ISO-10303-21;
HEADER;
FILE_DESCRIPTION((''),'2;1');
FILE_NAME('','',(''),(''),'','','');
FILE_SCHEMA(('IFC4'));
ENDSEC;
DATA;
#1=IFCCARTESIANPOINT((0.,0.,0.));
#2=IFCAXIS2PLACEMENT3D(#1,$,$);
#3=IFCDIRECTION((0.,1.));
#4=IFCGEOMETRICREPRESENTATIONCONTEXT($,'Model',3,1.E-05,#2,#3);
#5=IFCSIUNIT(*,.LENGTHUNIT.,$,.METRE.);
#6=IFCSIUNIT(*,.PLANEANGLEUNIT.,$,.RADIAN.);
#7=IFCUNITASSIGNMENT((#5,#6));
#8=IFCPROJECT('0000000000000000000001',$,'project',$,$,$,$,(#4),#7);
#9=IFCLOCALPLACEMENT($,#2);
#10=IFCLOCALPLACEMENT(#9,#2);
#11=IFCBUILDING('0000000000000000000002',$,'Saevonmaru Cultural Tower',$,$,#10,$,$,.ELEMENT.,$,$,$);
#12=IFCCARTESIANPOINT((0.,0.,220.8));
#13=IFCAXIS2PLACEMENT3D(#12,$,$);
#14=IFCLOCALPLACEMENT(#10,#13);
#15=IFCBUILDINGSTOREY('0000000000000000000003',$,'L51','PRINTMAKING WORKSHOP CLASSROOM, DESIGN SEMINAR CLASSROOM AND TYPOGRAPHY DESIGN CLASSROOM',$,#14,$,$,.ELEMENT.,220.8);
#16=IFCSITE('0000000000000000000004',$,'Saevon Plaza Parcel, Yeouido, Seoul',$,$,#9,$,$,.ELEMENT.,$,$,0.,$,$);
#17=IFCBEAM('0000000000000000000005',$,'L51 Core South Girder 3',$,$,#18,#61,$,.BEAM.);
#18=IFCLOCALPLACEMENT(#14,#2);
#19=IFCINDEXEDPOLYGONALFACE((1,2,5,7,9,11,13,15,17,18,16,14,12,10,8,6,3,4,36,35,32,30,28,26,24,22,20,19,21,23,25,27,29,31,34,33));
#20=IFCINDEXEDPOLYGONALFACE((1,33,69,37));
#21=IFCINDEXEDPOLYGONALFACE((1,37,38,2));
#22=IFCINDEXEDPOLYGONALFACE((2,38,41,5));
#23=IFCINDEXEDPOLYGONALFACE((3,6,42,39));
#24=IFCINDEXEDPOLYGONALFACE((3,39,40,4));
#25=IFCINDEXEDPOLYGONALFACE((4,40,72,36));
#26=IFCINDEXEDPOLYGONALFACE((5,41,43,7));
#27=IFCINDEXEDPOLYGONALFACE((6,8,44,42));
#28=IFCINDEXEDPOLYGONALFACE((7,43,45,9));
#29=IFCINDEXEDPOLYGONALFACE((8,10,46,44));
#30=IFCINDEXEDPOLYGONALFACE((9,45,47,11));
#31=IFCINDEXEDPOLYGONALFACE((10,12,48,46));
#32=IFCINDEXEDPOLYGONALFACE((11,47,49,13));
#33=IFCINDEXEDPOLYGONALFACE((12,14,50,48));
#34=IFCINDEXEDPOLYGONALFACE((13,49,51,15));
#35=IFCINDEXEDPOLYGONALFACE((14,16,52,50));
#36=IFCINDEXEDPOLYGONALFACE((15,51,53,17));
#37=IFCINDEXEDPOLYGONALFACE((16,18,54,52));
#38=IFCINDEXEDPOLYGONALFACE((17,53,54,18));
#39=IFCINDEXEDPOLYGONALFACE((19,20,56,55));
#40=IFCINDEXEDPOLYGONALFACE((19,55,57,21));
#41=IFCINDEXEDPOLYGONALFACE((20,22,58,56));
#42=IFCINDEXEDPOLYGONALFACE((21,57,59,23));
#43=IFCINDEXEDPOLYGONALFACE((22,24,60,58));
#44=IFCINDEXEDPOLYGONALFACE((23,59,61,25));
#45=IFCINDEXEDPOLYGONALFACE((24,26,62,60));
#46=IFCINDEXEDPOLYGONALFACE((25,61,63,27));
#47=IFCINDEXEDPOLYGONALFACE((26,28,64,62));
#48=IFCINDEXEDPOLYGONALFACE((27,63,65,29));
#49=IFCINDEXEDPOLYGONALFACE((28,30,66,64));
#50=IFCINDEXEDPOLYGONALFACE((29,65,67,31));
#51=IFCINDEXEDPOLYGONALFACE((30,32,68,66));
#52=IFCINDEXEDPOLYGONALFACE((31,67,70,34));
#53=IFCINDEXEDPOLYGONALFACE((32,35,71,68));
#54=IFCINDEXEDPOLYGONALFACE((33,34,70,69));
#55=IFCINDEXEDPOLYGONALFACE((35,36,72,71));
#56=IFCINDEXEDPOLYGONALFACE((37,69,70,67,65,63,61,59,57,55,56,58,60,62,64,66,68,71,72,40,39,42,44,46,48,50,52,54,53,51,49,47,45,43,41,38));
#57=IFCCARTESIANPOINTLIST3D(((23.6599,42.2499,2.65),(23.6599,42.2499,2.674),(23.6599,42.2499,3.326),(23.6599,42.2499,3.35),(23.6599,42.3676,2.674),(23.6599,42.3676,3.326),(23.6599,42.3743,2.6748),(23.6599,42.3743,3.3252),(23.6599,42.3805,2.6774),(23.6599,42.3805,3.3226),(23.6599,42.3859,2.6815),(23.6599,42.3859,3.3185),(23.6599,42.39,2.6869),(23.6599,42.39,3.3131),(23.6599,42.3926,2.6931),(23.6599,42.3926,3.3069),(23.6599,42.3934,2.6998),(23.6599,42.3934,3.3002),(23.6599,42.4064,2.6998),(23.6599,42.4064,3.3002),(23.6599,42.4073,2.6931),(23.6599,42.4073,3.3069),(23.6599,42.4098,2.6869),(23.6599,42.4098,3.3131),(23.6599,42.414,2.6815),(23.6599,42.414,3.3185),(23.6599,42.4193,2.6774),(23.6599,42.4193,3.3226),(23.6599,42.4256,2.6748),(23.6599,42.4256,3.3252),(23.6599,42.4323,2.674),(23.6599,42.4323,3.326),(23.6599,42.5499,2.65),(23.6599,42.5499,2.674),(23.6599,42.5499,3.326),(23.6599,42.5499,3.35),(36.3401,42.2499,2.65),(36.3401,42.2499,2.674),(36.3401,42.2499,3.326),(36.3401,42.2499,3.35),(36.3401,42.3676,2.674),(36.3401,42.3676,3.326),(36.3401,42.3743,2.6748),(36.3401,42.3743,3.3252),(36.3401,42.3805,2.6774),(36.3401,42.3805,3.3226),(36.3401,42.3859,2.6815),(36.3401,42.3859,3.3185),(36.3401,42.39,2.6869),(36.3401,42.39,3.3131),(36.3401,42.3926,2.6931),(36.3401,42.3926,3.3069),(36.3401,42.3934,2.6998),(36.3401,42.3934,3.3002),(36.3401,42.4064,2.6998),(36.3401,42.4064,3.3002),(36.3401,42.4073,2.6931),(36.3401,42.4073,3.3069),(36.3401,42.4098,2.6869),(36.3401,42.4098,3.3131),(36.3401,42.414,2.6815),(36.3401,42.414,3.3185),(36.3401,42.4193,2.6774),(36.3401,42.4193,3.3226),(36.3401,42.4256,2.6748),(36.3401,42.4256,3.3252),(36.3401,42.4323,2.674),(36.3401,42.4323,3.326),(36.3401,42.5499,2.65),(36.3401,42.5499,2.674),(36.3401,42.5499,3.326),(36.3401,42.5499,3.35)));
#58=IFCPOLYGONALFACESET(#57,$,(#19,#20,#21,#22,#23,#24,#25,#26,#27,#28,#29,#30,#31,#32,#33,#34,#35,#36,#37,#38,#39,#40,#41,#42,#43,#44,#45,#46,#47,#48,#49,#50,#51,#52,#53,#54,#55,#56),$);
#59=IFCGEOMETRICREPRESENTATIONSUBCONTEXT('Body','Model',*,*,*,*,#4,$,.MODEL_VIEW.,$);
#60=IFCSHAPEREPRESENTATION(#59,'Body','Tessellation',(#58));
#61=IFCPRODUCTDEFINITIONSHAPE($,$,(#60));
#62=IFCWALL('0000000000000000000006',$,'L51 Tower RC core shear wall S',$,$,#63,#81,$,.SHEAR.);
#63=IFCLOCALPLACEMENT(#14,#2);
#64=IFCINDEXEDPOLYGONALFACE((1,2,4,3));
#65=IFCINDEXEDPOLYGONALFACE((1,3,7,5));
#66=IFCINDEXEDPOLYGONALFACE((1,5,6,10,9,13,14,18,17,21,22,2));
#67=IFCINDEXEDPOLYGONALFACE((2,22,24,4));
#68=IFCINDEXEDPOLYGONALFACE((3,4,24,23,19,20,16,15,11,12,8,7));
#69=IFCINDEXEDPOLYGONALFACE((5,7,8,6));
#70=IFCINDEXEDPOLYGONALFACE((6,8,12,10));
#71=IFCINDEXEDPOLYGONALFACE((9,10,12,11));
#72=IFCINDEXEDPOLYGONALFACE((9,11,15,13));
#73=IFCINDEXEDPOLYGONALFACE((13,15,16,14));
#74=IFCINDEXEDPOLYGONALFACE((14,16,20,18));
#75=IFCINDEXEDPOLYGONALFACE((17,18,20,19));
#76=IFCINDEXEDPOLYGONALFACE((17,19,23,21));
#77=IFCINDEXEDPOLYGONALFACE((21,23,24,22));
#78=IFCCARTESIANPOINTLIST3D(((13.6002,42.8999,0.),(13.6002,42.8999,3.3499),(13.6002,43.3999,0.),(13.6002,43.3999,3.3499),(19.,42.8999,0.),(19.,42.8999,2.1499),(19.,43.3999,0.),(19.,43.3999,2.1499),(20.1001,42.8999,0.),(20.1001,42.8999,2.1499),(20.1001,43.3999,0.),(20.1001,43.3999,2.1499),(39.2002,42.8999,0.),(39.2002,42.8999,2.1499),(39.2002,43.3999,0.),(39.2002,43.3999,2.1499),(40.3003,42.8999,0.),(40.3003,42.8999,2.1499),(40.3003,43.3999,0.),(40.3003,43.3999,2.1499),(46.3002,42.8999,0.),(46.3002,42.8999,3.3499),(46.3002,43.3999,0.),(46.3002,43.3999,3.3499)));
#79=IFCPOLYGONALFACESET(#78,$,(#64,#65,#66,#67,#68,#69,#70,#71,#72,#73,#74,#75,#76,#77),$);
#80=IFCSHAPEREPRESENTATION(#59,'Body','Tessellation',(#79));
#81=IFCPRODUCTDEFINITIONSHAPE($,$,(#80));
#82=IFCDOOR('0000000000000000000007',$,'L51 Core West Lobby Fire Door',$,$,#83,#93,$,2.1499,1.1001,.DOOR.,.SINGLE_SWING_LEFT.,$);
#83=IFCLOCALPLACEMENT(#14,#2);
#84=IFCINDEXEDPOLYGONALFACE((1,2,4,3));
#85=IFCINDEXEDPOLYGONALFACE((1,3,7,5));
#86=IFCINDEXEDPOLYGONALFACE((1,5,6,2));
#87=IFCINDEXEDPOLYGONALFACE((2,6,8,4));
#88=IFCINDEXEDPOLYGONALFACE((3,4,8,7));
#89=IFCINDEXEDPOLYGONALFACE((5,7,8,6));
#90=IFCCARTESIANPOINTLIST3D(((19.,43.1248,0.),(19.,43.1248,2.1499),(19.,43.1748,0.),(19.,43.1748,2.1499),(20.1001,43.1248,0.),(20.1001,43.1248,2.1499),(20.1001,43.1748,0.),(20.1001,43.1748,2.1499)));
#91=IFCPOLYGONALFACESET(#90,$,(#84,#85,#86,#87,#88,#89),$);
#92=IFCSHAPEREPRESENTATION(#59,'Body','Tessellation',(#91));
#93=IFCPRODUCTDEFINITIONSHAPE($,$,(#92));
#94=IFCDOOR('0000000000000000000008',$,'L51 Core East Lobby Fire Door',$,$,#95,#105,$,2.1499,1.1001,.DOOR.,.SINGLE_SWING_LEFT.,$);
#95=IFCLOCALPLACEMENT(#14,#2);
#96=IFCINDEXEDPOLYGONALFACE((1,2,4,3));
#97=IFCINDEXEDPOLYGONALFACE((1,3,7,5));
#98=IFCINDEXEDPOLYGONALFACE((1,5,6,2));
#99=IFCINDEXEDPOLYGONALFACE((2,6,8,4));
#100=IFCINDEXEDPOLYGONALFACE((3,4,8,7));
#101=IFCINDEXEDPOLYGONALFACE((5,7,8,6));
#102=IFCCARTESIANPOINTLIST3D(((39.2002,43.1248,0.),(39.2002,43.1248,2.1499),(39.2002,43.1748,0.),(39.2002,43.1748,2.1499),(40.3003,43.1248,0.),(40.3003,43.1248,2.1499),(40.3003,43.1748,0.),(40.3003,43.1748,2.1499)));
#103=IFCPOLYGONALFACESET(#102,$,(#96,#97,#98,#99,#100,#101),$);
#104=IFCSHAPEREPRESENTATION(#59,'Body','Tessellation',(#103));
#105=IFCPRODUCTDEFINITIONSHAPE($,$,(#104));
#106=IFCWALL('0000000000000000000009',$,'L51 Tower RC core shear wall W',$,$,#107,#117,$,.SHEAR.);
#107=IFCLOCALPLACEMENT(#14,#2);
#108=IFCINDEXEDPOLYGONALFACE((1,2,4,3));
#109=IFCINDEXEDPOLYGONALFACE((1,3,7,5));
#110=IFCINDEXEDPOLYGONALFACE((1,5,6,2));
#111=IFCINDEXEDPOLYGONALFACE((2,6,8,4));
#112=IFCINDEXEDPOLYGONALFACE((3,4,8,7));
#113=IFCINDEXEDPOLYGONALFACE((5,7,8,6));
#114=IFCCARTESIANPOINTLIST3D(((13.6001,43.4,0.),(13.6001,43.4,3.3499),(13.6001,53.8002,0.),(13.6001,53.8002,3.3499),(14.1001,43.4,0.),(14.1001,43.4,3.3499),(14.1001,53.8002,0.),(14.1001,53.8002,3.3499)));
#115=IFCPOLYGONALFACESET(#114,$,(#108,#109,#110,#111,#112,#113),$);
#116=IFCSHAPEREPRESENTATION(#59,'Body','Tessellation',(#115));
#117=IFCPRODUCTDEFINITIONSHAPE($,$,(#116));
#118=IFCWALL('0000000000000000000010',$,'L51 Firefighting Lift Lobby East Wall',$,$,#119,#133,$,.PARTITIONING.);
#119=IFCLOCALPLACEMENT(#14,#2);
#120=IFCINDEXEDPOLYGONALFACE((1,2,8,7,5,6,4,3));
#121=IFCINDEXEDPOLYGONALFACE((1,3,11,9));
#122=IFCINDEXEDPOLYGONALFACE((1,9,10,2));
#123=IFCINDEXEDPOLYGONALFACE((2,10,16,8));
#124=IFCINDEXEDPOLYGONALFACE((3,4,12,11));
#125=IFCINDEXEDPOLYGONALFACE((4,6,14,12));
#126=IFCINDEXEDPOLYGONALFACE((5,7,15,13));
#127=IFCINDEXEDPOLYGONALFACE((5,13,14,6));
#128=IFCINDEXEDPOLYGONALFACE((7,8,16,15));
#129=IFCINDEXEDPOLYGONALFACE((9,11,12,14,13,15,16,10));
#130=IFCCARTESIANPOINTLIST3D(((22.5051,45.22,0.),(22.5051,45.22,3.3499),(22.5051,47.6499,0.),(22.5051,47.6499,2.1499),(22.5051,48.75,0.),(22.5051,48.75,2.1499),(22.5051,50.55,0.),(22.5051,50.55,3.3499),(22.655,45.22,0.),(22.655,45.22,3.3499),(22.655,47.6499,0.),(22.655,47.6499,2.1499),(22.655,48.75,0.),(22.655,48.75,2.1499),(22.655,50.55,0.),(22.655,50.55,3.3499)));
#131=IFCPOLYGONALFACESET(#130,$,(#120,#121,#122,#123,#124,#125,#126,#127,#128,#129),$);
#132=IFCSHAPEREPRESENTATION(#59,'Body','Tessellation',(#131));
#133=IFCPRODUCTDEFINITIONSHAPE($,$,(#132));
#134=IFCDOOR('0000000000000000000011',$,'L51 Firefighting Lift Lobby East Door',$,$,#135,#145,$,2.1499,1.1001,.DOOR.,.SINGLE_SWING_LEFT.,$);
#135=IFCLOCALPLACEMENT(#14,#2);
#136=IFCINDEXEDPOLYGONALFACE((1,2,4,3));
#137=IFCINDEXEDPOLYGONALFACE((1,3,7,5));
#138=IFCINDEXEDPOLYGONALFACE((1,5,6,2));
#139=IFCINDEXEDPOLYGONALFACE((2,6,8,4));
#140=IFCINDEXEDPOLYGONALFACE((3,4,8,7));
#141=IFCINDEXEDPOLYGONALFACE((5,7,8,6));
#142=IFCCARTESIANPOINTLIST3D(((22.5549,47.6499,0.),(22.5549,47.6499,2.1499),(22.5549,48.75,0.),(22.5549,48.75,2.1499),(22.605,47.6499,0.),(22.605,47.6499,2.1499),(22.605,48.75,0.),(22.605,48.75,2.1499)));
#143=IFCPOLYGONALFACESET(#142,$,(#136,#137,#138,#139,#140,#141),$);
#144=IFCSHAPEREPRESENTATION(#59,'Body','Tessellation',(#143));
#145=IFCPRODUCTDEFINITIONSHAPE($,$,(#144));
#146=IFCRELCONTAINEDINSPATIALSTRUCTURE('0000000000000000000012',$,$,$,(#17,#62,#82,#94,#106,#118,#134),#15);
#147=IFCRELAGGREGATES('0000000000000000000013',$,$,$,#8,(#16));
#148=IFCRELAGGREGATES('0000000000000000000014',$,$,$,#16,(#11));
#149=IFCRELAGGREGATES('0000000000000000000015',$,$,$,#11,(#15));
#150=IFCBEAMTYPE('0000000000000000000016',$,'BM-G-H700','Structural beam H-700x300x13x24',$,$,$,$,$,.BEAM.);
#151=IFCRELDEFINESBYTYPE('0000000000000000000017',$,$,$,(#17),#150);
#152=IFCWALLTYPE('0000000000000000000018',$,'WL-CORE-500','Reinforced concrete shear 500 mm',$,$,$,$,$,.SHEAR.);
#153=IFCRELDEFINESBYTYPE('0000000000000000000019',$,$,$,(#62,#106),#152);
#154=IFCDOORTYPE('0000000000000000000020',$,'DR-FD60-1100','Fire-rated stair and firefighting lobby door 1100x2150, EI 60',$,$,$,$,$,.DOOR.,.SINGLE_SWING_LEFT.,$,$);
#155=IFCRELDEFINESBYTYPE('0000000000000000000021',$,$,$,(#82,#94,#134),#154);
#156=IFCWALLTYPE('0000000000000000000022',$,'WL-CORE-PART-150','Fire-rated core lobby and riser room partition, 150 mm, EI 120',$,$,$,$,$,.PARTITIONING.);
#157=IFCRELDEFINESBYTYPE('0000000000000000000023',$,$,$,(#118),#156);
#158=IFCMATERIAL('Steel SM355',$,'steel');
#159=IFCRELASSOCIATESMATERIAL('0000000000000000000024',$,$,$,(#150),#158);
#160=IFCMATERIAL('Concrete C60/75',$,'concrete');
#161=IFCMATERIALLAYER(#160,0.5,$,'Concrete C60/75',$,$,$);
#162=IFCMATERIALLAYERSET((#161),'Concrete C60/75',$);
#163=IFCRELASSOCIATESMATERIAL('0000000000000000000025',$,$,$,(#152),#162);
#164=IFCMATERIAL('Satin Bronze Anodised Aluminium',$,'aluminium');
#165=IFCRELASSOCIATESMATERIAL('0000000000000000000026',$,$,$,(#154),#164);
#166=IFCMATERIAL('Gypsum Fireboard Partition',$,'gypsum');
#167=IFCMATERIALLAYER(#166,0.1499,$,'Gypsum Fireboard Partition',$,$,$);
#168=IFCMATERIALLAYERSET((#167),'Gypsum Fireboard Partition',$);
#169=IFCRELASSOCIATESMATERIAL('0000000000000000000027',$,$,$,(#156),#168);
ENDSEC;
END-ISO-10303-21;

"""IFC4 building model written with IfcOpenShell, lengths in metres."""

from ifc_helpers import new_model, si_unit, direction, frame, frame_2d, origin, origin_2d, place, context, subcontext, project, spatial, rectangle, i_section, extrude, material, layer, layer_set, material_profile, profile_set, type_object, element, fill, save


model = new_model("IFC4")

# Units and contexts
model_context = context("Model", 3, precision=1e-05, world=origin(), true_north=direction((0.0, 1.0)))
body_context = subcontext(model_context, "Body", "Model", "MODEL_VIEW")
ifc_project = project(units=[si_unit("LENGTHUNIT", "METRE"), si_unit("PLANEANGLEUNIT", "RADIAN")], contexts=[model_context])

# Site, building, storey
site_placement = place(None, origin())
site = spatial("IfcSite", under=ifc_project, at=site_placement, Name="Saevon Plaza Parcel, Yeouido, Seoul", CompositionType="ELEMENT", RefElevation=0.0)
building_placement = place(site_placement, origin())
building = spatial("IfcBuilding", under=site, at=building_placement, Name="Saevonmaru Cultural Tower", CompositionType="ELEMENT")
storey_placement = place(building_placement, frame((0.0, 0.0, 220.8)))
storey = spatial("IfcBuildingStorey", under=building, at=storey_placement, Name="L51", Description="PRINTMAKING WORKSHOP CLASSROOM, DESIGN SEMINAR CLASSROOM AND TYPOGRAPHY DESIGN CLASSROOM", CompositionType="ELEMENT", Elevation=220.8)

# Beam
ifc_material_1 = material(Name="Steel SM355", Category="steel")
ifc_material_profile = material_profile(ifc_material_1, i_section(OverallWidth=0.3, OverallDepth=0.7, WebThickness=0.0129, FlangeThickness=0.0239, FilletRadius=0.0259, at=origin_2d()), Name="H-700x300x13x24")
ifc_profile_set = profile_set([ifc_material_profile], Name="Steel SM355")
beam_type = type_object("IfcBeamType", Name="BM-G-H700", Description="Structural beam H-700x300x13x24", PredefinedType="BEAM", material=ifc_profile_set)
beam_placement = place(storey_placement, frame((23.6599, 42.3999, 3.0), z_axis=(1.0, 0.0, 0.0), x_axis=(0.0, 1.0, 0.0)))
element("IfcBeam", 1, at=beam_placement, inside=storey, type_object=beam_type, Name="L51 Core South Girder 3", PredefinedType="BEAM", context=body_context, shape_type="SweptSolid", body=[
    extrude(i_section(OverallWidth=0.3, OverallDepth=0.7, WebThickness=0.0129, FlangeThickness=0.0239, FilletRadius=0.0259, at=origin_2d()), origin(), (0.0, 0.0, 1.0), 12.6802),
])

# Wall, openings, doors
ifc_material_2 = material(Name="Concrete C60/75", Category="concrete")
ifc_layer_1 = layer(ifc_material_2, 0.5, Name="Concrete C60/75")
ifc_layer_set_1 = layer_set([ifc_layer_1], Name="Concrete C60/75")
wall_type_1 = type_object("IfcWallType", Name="WL-CORE-500", Description="Reinforced concrete shear 500 mm", PredefinedType="SHEAR", material=ifc_layer_set_1)
wall_1_placement = place(storey_placement, frame((13.6001, 43.1499, 0.0), z_axis=(0.0, 0.0, 1.0), x_axis=(1.0, 0.0, 0.0)))
wall_1 = element("IfcWall", 2, at=wall_1_placement, inside=storey, type_object=wall_type_1, Name="L51 Tower RC core shear wall S", PredefinedType="SHEAR", context=body_context, shape_type="SweptSolid", body=[
    extrude(rectangle(XDim=32.7, YDim=0.5, at=frame_2d((16.3501, 0.0))), origin(), (0.0, 0.0, 1.0), 3.3499),
])
opening_1_placement = place(wall_1_placement, frame((5.3999, 0.0, 0.0)))
opening_1 = element("IfcOpeningElement", 3, at=opening_1_placement, cuts=wall_1, PredefinedType="OPENING", context=body_context, shape_type="SweptSolid", body=[
    extrude(rectangle(XDim=1.1001, YDim=2.1499, at=frame_2d((0.55, 1.075))), frame((0.0, 0.26, 0.0), z_axis=(0.0, -1.0, 0.0), x_axis=(1.0, 0.0, 0.0)), (0.0, 0.0, 1.0), 0.52),
])
opening_2_placement = place(wall_1_placement, frame((25.6001, 0.0, 0.0)))
opening_2 = element("IfcOpeningElement", 4, at=opening_2_placement, cuts=wall_1, PredefinedType="OPENING", context=body_context, shape_type="SweptSolid", body=[
    extrude(rectangle(XDim=1.1001, YDim=2.1499, at=frame_2d((0.55, 1.075))), frame((0.0, 0.26, 0.0), z_axis=(0.0, -1.0, 0.0), x_axis=(1.0, 0.0, 0.0)), (0.0, 0.0, 1.0), 0.52),
])
ifc_material_3 = material(Name="Satin Bronze Anodised Aluminium", Category="aluminium")
door_type_1 = type_object("IfcDoorType", Name="DR-FD60-1100", Description="Fire-rated stair and firefighting lobby door 1100x2150, EI 60", OperationType="SINGLE_SWING_LEFT", PredefinedType="DOOR", material=ifc_material_3)
door_1_placement = place(opening_1_placement, origin())
door_1 = element("IfcDoor", 5, at=door_1_placement, inside=storey, type_object=door_type_1, Name="L51 Core West Lobby Fire Door", OperationType="SINGLE_SWING_LEFT", OverallHeight=2.1499, OverallWidth=1.1001, PredefinedType="DOOR", context=body_context, shape_type="SweptSolid", body=[
    extrude(rectangle(XDim=1.1001, YDim=2.1499, at=frame_2d((0.55, 1.075))), frame((0.0, 0.0249, 0.0), z_axis=(0.0, -1.0, 0.0), x_axis=(1.0, 0.0, 0.0)), (0.0, 0.0, 1.0), 0.05),
])
fill(opening_1, door_1)
door_2_placement = place(opening_2_placement, origin())
door_2 = element("IfcDoor", 6, at=door_2_placement, inside=storey, type_object=door_type_1, Name="L51 Core East Lobby Fire Door", OperationType="SINGLE_SWING_LEFT", OverallHeight=2.1499, OverallWidth=1.1001, PredefinedType="DOOR", context=body_context, shape_type="SweptSolid", body=[
    extrude(rectangle(XDim=1.1001, YDim=2.1499, at=frame_2d((0.55, 1.075))), frame((0.0, 0.0249, 0.0), z_axis=(0.0, -1.0, 0.0), x_axis=(1.0, 0.0, 0.0)), (0.0, 0.0, 1.0), 0.05),
])
fill(opening_2, door_2)

# Wall
wall_2_placement = place(storey_placement, frame((13.8501, 43.3999, 0.0), z_axis=(0.0, 0.0, 1.0), x_axis=(0.0, 1.0, 0.0)))
element("IfcWall", 7, at=wall_2_placement, inside=storey, type_object=wall_type_1, Name="L51 Tower RC core shear wall W", PredefinedType="SHEAR", context=body_context, shape_type="SweptSolid", body=[
    extrude(rectangle(XDim=10.4001, YDim=0.5, at=frame_2d((5.2002, 0.0))), origin(), (0.0, 0.0, 1.0), 3.3499),
])

# Wall, opening, door
ifc_material_4 = material(Name="Gypsum Fireboard Partition", Category="gypsum")
ifc_layer_2 = layer(ifc_material_4, 0.1499, Name="Gypsum Fireboard Partition")
ifc_layer_set_2 = layer_set([ifc_layer_2], Name="Gypsum Fireboard Partition")
wall_type_2 = type_object("IfcWallType", Name="WL-CORE-PART-150", Description="Fire-rated core lobby and riser room partition, 150 mm, EI 120", PredefinedType="PARTITIONING", material=ifc_layer_set_2)
wall_3_placement = place(storey_placement, frame((22.5801, 50.55, 0.0), z_axis=(0.0, 0.0, 1.0), x_axis=(0.0, -1.0, 0.0)))
wall_3 = element("IfcWall", 8, at=wall_3_placement, inside=storey, type_object=wall_type_2, Name="L51 Firefighting Lift Lobby East Wall", PredefinedType="PARTITIONING", context=body_context, shape_type="SweptSolid", body=[
    extrude(rectangle(XDim=5.3301, YDim=0.1499, at=frame_2d((2.665, 0.0))), origin(), (0.0, 0.0, 1.0), 3.3499),
])
opening_3_placement = place(wall_3_placement, frame((1.8, 0.0, 0.0)))
opening_3 = element("IfcOpeningElement", 9, at=opening_3_placement, cuts=wall_3, PredefinedType="OPENING", context=body_context, shape_type="SweptSolid", body=[
    extrude(rectangle(XDim=1.1001, YDim=2.1499, at=frame_2d((0.55, 1.075))), frame((0.0, 0.085, 0.0), z_axis=(0.0, -1.0, 0.0), x_axis=(1.0, 0.0, 0.0)), (0.0, 0.0, 1.0), 0.1699),
])
door_3_placement = place(opening_3_placement, origin())
door_3 = element("IfcDoor", 10, at=door_3_placement, inside=storey, type_object=door_type_1, Name="L51 Firefighting Lift Lobby East Door", OperationType="SINGLE_SWING_LEFT", OverallHeight=2.1499, OverallWidth=1.1001, PredefinedType="DOOR", context=body_context, shape_type="SweptSolid", body=[
    extrude(rectangle(XDim=1.1001, YDim=2.1499, at=frame_2d((0.55, 1.075))), frame((0.0, 0.0249, 0.0), z_axis=(0.0, -1.0, 0.0), x_axis=(1.0, 0.0, 0.0)), (0.0, 0.0, 1.0), 0.05),
])
fill(opening_3, door_3)

save(model, "model.ifc")
